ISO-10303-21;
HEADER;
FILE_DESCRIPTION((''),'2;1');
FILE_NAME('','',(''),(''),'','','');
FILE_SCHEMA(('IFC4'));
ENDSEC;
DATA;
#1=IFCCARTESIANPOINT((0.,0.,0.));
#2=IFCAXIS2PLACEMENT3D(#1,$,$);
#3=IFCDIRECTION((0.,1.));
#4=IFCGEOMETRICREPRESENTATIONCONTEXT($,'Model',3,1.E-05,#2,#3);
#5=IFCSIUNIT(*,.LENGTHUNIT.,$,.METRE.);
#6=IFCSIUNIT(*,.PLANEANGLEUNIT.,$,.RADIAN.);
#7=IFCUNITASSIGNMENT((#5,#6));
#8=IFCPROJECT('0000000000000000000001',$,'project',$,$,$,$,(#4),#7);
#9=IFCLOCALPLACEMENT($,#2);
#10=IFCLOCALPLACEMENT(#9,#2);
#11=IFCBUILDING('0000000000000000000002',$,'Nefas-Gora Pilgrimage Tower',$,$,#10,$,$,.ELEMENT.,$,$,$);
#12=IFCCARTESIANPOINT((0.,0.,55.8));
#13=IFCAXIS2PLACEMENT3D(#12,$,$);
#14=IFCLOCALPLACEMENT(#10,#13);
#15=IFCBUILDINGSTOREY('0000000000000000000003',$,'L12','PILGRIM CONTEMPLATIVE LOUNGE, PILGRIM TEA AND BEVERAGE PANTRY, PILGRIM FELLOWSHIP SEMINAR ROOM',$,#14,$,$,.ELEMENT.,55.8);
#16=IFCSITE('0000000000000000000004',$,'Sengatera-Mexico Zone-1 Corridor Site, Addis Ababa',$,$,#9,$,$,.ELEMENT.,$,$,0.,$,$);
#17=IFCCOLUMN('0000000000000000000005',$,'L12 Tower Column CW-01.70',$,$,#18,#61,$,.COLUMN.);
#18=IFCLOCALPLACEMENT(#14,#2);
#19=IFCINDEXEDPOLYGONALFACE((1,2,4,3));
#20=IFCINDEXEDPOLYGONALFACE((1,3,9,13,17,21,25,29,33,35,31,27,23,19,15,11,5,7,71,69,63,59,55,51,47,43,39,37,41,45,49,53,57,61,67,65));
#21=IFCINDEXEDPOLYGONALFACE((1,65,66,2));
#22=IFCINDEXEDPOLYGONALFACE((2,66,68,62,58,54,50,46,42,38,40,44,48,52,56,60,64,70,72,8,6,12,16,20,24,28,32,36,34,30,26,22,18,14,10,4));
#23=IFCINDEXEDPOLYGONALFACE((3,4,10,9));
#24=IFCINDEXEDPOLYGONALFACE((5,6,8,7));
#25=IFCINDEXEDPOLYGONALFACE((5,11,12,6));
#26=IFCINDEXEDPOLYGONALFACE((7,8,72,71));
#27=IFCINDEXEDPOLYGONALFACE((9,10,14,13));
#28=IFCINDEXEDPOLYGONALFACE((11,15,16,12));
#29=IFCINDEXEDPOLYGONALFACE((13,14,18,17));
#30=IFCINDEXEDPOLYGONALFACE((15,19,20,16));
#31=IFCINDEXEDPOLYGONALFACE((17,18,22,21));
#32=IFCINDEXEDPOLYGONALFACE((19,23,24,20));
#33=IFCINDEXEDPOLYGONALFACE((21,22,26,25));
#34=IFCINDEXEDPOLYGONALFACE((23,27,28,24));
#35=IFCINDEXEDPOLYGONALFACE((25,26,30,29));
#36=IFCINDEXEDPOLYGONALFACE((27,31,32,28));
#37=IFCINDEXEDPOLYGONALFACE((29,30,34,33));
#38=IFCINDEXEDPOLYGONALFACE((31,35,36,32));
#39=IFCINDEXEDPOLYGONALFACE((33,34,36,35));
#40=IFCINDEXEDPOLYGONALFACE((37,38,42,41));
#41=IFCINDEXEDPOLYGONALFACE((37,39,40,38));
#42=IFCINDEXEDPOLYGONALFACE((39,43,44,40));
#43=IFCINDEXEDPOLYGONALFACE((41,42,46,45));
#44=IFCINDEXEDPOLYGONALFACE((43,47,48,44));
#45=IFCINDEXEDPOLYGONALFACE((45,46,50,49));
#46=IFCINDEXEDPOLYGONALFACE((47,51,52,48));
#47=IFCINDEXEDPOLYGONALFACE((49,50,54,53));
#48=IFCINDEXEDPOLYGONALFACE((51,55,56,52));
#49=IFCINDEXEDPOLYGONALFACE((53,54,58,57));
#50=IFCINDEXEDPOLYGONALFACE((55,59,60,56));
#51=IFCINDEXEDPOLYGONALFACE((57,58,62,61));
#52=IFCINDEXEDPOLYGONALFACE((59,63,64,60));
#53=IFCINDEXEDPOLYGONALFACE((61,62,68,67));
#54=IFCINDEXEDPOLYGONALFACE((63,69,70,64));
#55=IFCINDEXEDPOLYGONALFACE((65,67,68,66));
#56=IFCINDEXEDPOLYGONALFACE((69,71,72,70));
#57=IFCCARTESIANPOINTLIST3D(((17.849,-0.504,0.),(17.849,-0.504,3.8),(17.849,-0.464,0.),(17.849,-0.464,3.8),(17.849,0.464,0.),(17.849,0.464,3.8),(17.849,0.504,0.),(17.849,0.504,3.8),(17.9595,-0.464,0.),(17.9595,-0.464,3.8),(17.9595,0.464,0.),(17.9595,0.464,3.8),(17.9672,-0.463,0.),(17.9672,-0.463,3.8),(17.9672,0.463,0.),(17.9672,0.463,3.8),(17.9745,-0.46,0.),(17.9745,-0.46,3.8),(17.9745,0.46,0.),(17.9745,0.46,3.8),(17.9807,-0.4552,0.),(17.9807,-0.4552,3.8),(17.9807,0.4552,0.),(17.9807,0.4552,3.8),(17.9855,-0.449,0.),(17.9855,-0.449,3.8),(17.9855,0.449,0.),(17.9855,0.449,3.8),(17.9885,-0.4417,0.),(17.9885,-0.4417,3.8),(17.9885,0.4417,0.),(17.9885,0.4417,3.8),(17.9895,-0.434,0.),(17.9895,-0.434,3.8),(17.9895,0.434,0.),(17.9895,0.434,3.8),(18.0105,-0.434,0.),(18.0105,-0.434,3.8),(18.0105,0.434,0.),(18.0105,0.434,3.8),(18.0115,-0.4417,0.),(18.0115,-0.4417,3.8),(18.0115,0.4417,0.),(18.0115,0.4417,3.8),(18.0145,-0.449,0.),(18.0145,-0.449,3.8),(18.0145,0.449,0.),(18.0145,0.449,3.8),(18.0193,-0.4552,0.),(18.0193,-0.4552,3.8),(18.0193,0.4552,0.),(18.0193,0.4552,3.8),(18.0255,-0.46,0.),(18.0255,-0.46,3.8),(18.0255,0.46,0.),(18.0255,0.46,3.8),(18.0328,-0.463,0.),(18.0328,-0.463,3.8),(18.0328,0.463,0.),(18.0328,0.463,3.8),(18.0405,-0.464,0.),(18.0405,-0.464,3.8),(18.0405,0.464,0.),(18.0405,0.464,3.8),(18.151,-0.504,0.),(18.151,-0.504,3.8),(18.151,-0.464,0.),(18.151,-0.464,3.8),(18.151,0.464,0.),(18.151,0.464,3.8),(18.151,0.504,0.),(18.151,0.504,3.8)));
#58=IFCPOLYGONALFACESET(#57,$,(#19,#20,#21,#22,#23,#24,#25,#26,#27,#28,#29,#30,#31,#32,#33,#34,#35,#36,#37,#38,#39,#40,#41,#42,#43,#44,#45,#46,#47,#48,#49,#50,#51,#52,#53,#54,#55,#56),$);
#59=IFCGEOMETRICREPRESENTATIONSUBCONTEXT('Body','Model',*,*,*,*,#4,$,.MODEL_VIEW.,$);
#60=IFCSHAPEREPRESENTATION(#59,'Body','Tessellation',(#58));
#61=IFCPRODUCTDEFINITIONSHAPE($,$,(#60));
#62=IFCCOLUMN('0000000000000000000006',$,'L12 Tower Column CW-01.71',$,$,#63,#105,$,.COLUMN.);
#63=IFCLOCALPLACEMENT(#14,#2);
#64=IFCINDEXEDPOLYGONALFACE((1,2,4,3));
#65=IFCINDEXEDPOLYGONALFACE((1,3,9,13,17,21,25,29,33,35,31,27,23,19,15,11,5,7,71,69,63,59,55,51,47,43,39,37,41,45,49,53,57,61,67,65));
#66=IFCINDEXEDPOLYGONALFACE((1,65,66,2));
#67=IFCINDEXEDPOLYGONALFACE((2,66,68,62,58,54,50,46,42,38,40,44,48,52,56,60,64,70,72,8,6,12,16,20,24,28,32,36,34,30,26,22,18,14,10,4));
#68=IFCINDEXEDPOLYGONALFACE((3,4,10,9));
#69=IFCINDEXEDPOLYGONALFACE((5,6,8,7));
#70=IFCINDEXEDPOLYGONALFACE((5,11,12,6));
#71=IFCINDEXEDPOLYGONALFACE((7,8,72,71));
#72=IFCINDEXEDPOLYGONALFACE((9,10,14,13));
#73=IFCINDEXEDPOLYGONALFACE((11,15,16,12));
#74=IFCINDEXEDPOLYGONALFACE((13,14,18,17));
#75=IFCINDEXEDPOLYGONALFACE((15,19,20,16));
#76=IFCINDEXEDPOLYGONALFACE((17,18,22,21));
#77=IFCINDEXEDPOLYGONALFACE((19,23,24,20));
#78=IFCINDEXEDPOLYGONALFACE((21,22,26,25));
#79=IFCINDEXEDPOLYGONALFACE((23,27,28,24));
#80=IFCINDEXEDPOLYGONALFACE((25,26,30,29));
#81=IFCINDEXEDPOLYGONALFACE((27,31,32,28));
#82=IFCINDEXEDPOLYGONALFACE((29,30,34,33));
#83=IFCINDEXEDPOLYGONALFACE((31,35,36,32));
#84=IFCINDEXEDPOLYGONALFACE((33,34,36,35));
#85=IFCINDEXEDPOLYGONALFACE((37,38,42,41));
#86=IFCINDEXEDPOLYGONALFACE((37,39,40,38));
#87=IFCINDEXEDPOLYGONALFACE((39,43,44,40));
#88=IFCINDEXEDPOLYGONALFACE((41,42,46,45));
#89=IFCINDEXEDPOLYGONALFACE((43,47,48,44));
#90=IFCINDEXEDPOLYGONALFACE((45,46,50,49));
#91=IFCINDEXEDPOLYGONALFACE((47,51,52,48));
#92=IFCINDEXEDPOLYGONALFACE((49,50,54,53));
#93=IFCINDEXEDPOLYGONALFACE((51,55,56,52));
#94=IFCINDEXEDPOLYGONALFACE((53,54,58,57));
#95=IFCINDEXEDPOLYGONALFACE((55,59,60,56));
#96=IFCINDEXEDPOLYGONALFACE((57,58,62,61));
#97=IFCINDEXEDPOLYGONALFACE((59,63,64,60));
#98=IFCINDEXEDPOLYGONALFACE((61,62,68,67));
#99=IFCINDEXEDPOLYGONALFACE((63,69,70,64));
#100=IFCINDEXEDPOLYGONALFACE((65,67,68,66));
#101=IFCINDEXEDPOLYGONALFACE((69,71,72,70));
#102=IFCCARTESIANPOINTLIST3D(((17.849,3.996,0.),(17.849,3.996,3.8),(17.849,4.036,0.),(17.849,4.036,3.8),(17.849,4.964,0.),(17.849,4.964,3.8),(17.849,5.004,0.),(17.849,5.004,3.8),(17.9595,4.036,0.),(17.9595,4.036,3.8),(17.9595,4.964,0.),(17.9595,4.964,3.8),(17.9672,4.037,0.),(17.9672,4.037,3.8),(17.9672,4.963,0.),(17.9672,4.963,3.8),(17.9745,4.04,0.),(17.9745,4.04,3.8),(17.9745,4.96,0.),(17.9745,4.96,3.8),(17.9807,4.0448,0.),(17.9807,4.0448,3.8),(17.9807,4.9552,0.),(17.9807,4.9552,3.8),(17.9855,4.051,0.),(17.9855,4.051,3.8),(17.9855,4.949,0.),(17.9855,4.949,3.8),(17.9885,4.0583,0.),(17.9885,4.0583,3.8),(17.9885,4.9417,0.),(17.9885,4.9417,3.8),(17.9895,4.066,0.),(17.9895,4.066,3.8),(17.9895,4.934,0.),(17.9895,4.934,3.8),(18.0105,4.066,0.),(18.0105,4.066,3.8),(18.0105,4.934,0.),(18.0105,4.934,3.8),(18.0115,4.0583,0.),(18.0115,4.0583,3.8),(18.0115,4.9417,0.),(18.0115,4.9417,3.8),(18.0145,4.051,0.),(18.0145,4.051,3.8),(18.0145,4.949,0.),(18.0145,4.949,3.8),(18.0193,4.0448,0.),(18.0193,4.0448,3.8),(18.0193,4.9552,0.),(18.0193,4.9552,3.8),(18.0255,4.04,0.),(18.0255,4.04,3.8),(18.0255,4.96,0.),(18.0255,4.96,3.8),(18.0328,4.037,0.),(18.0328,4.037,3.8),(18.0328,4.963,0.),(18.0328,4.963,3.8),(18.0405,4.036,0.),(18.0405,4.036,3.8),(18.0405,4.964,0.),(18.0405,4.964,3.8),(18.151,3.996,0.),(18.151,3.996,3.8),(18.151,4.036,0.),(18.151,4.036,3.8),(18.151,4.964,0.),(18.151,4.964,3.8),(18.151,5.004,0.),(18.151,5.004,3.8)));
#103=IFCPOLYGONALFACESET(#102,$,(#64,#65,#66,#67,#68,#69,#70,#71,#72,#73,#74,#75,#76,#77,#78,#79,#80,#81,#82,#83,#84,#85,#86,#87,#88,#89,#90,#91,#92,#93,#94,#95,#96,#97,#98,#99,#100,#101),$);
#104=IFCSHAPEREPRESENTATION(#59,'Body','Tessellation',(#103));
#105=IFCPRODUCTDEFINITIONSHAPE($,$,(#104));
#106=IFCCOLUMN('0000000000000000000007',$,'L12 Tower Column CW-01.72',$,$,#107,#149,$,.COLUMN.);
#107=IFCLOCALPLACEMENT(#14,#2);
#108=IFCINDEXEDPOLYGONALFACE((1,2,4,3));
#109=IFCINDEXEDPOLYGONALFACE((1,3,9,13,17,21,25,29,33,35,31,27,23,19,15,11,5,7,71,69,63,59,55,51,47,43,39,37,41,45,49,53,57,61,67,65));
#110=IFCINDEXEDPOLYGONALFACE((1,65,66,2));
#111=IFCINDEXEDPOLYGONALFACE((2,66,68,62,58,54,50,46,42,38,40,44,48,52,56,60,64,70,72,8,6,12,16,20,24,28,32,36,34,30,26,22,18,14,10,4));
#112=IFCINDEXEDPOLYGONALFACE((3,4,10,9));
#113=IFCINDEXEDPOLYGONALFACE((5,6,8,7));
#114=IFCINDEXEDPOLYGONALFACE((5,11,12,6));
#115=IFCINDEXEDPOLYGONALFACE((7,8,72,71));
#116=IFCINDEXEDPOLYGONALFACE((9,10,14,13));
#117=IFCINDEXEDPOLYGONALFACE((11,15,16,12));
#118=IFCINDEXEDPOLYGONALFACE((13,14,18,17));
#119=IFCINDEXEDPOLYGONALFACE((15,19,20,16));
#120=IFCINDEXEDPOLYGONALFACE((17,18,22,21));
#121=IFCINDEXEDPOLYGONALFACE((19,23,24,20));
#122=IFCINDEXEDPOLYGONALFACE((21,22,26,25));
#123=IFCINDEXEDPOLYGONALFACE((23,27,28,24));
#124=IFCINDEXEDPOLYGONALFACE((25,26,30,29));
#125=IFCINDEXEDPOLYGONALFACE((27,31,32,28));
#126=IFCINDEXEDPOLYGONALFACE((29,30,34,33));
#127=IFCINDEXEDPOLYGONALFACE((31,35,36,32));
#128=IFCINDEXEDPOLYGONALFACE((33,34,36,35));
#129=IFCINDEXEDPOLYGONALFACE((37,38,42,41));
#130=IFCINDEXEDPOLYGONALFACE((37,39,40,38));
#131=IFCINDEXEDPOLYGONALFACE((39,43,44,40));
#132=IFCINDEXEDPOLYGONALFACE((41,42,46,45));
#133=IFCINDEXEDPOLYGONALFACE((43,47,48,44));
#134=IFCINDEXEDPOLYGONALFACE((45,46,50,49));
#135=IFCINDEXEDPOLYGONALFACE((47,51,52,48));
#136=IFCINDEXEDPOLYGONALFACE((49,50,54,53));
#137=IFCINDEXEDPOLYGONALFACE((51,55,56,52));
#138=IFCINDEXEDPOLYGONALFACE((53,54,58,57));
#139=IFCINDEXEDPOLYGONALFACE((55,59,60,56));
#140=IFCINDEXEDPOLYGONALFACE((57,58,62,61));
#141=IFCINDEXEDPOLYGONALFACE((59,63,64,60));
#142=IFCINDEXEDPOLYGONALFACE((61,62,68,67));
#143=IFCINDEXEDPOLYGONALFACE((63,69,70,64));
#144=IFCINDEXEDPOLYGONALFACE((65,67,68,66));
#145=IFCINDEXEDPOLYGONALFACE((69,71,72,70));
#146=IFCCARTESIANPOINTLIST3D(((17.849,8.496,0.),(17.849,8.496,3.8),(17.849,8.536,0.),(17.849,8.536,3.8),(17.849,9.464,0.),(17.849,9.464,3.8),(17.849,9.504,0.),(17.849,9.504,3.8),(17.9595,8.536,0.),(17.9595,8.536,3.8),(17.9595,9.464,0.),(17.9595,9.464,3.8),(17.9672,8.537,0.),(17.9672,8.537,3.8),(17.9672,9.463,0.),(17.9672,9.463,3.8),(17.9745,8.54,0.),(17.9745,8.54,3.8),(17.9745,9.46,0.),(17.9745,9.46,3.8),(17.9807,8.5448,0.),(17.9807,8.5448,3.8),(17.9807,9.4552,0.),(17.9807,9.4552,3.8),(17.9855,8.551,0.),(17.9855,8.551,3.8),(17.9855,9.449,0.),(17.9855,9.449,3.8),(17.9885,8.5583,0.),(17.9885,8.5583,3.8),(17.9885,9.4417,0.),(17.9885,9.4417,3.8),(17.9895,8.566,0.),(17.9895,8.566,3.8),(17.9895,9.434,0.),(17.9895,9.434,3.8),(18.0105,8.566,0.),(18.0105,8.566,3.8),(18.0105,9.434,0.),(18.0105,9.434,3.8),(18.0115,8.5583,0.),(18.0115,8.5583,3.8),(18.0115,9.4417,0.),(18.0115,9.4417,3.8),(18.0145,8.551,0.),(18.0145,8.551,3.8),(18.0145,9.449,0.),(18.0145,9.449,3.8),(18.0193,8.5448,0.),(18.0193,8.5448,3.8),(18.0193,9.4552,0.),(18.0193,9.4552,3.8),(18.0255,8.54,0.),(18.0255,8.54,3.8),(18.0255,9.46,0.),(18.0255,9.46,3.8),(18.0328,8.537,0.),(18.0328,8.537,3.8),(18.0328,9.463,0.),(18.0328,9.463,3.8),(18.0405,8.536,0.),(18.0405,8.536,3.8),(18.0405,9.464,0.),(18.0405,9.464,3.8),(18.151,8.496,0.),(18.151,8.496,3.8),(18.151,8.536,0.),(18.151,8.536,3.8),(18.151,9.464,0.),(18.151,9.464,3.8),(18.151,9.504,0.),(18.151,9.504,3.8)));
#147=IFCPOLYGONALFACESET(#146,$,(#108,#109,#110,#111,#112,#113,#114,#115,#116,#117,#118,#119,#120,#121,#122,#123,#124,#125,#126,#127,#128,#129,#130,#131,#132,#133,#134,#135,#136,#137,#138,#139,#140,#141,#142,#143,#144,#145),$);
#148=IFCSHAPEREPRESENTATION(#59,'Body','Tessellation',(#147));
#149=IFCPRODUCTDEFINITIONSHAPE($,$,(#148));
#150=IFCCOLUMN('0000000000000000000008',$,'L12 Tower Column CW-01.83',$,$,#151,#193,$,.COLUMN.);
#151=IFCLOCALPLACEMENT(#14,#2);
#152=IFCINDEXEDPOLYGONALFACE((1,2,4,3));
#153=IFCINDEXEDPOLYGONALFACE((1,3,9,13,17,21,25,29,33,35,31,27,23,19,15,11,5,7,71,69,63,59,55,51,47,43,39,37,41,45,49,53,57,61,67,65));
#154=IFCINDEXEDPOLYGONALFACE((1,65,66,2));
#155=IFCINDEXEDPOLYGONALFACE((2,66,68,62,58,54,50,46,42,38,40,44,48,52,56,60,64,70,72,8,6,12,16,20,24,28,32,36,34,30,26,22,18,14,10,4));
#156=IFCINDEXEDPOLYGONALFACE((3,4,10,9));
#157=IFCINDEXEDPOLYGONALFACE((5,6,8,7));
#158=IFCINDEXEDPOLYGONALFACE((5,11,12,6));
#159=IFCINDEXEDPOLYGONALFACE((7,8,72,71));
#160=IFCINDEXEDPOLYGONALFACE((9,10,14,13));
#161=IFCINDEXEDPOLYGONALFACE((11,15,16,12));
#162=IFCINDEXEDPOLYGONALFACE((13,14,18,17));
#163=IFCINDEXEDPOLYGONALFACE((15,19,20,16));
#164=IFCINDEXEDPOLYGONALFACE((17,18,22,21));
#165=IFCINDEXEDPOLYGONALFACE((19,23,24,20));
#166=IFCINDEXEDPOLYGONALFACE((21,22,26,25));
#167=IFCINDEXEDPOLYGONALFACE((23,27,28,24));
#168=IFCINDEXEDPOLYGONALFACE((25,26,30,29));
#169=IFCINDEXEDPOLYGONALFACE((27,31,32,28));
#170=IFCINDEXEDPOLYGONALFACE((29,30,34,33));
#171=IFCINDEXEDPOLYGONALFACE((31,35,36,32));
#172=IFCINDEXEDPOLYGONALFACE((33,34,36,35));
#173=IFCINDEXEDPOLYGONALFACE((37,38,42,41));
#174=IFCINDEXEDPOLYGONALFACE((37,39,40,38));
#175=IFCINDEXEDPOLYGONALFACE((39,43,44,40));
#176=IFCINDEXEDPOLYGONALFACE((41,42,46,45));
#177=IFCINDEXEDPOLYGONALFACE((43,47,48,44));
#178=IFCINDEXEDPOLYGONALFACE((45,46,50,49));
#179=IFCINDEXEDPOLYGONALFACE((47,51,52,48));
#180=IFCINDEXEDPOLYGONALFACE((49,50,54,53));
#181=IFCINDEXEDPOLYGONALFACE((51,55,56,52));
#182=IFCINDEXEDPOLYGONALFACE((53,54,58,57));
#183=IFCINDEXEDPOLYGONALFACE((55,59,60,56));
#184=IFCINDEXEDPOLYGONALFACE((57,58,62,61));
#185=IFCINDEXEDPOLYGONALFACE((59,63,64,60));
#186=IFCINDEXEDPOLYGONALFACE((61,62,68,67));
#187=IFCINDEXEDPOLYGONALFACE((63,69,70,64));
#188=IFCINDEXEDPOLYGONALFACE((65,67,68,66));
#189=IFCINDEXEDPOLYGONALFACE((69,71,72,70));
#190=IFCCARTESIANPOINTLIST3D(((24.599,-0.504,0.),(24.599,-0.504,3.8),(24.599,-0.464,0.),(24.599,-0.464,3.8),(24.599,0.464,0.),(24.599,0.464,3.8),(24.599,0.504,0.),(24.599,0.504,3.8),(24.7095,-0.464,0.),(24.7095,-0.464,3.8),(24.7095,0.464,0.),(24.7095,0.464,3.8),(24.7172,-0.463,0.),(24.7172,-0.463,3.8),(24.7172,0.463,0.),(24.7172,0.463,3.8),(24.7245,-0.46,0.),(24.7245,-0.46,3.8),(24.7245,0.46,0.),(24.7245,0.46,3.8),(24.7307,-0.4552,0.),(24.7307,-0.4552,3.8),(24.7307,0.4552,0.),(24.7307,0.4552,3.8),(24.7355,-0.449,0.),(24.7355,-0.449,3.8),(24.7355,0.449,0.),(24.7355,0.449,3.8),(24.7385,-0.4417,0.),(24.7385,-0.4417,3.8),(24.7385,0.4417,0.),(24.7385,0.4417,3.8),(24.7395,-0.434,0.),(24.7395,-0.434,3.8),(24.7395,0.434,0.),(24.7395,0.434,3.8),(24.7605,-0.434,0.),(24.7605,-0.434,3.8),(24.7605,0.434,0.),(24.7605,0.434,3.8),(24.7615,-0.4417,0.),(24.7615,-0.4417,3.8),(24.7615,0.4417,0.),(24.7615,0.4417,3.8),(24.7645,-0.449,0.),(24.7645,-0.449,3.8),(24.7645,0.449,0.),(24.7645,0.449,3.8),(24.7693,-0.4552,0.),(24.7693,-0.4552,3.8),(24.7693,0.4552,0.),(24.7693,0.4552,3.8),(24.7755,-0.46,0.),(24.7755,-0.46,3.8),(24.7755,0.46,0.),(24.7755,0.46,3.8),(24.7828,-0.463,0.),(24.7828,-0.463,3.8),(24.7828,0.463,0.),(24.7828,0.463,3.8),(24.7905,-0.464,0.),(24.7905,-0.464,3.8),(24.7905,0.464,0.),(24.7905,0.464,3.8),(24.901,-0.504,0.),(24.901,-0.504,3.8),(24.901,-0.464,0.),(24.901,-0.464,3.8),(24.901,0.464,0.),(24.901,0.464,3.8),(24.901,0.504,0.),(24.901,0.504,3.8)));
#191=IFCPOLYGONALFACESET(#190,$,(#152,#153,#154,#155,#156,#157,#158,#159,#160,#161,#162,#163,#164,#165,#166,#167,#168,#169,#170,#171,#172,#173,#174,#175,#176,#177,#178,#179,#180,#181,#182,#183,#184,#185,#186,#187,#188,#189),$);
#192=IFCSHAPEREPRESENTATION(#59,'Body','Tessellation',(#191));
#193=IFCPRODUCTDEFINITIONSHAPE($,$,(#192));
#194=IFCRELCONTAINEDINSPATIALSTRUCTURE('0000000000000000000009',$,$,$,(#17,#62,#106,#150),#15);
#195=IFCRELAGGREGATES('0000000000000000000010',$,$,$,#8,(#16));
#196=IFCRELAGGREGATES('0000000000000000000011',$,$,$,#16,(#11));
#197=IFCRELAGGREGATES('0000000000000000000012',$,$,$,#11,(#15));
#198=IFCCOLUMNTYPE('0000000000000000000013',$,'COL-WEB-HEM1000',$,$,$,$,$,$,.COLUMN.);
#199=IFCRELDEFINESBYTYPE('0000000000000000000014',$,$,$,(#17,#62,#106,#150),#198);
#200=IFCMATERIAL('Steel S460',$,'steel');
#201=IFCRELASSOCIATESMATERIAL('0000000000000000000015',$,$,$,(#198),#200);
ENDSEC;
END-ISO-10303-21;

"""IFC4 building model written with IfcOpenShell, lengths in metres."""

from ifc_helpers import new_model, si_unit, direction, frame, origin, origin_2d, place, context, subcontext, project, spatial, i_section, extrude, source, transform, mapped, material, material_profile, profile_set, type_object, element, save


model = new_model("IFC4")

# Units and contexts
model_context = context("Model", 3, precision=1e-05, world=origin(), true_north=direction((0.0, 1.0)))
body_context = subcontext(model_context, "Body", "Model", "MODEL_VIEW")
ifc_project = project(units=[si_unit("LENGTHUNIT", "METRE"), si_unit("PLANEANGLEUNIT", "RADIAN")], contexts=[model_context])

# Site, building, storey
site_placement = place(None, origin())
site = spatial("IfcSite", under=ifc_project, at=site_placement, Name="Sengatera-Mexico Zone-1 Corridor Site, Addis Ababa", CompositionType="ELEMENT", RefElevation=0.0)
building_placement = place(site_placement, origin())
building = spatial("IfcBuilding", under=site, at=building_placement, Name="Nefas-Gora Pilgrimage Tower", CompositionType="ELEMENT")
storey_placement = place(building_placement, frame((0.0, 0.0, 55.8)))
storey = spatial("IfcBuildingStorey", under=building, at=storey_placement, Name="L12", Description="PILGRIM CONTEMPLATIVE LOUNGE, PILGRIM TEA AND BEVERAGE PANTRY, PILGRIM FELLOWSHIP SEMINAR ROOM", CompositionType="ELEMENT", Elevation=55.8)

# Columns
ifc_material_1 = material(Name="Steel S460", Category="steel")
ifc_material_profile_1 = material_profile(ifc_material_1, i_section(OverallWidth=0.302, OverallDepth=1.0081, WebThickness=0.021, FlangeThickness=0.04, FilletRadius=0.03, at=origin_2d()), Name="HEM 1000")
ifc_profile_set_1 = profile_set([ifc_material_profile_1], Name="Steel S460")
column_type_1 = type_object("IfcColumnType", Name="COL-WEB-HEM1000", PredefinedType="COLUMN", material=ifc_profile_set_1)
shared_shape_1 = source(origin(), body_context, "Body", "SweptSolid", [
    extrude(i_section(OverallWidth=0.302, OverallDepth=1.0081, WebThickness=0.021, FlangeThickness=0.04, FilletRadius=0.03, at=origin_2d()), origin(), (0.0, 0.0, 1.0), 3.8),
])
for number, where, z_axis, x_axis, name in (
    (1, (18.0, 0.0, 0.0), (0.0, 0.0, 1.0), (1.0, 0.0, 0.0), "L12 Tower Column CW-01.70"),
    (2, (18.0, 4.5, 0.0), (0.0, 0.0, 1.0), (1.0, 0.0, 0.0), "L12 Tower Column CW-01.71"),
    (3, (18.0, 9.0, 0.0), (0.0, 0.0, 1.0), (1.0, 0.0, 0.0), "L12 Tower Column CW-01.72"),
    (4, (24.75, 0.0, 0.0), (0.0, 0.0, 1.0), (1.0, 0.0, 0.0), "L12 Tower Column CW-01.83"),
):
    element("IfcColumn", number, at=place(storey_placement, frame(where, z_axis=z_axis, x_axis=x_axis)), inside=storey, type_object=column_type_1, Name=name, PredefinedType="COLUMN", context=body_context, shape_type="MappedRepresentation", body=[
        mapped(shared_shape_1, transform((0.0, 0.0, 0.0), x_axis=(1.0, 0.0, 0.0), y_axis=(0.0, 1.0, 0.0), z_axis=(0.0, 0.0, 1.0), scale=1.0)),
    ])

save(model, "model.ifc")
